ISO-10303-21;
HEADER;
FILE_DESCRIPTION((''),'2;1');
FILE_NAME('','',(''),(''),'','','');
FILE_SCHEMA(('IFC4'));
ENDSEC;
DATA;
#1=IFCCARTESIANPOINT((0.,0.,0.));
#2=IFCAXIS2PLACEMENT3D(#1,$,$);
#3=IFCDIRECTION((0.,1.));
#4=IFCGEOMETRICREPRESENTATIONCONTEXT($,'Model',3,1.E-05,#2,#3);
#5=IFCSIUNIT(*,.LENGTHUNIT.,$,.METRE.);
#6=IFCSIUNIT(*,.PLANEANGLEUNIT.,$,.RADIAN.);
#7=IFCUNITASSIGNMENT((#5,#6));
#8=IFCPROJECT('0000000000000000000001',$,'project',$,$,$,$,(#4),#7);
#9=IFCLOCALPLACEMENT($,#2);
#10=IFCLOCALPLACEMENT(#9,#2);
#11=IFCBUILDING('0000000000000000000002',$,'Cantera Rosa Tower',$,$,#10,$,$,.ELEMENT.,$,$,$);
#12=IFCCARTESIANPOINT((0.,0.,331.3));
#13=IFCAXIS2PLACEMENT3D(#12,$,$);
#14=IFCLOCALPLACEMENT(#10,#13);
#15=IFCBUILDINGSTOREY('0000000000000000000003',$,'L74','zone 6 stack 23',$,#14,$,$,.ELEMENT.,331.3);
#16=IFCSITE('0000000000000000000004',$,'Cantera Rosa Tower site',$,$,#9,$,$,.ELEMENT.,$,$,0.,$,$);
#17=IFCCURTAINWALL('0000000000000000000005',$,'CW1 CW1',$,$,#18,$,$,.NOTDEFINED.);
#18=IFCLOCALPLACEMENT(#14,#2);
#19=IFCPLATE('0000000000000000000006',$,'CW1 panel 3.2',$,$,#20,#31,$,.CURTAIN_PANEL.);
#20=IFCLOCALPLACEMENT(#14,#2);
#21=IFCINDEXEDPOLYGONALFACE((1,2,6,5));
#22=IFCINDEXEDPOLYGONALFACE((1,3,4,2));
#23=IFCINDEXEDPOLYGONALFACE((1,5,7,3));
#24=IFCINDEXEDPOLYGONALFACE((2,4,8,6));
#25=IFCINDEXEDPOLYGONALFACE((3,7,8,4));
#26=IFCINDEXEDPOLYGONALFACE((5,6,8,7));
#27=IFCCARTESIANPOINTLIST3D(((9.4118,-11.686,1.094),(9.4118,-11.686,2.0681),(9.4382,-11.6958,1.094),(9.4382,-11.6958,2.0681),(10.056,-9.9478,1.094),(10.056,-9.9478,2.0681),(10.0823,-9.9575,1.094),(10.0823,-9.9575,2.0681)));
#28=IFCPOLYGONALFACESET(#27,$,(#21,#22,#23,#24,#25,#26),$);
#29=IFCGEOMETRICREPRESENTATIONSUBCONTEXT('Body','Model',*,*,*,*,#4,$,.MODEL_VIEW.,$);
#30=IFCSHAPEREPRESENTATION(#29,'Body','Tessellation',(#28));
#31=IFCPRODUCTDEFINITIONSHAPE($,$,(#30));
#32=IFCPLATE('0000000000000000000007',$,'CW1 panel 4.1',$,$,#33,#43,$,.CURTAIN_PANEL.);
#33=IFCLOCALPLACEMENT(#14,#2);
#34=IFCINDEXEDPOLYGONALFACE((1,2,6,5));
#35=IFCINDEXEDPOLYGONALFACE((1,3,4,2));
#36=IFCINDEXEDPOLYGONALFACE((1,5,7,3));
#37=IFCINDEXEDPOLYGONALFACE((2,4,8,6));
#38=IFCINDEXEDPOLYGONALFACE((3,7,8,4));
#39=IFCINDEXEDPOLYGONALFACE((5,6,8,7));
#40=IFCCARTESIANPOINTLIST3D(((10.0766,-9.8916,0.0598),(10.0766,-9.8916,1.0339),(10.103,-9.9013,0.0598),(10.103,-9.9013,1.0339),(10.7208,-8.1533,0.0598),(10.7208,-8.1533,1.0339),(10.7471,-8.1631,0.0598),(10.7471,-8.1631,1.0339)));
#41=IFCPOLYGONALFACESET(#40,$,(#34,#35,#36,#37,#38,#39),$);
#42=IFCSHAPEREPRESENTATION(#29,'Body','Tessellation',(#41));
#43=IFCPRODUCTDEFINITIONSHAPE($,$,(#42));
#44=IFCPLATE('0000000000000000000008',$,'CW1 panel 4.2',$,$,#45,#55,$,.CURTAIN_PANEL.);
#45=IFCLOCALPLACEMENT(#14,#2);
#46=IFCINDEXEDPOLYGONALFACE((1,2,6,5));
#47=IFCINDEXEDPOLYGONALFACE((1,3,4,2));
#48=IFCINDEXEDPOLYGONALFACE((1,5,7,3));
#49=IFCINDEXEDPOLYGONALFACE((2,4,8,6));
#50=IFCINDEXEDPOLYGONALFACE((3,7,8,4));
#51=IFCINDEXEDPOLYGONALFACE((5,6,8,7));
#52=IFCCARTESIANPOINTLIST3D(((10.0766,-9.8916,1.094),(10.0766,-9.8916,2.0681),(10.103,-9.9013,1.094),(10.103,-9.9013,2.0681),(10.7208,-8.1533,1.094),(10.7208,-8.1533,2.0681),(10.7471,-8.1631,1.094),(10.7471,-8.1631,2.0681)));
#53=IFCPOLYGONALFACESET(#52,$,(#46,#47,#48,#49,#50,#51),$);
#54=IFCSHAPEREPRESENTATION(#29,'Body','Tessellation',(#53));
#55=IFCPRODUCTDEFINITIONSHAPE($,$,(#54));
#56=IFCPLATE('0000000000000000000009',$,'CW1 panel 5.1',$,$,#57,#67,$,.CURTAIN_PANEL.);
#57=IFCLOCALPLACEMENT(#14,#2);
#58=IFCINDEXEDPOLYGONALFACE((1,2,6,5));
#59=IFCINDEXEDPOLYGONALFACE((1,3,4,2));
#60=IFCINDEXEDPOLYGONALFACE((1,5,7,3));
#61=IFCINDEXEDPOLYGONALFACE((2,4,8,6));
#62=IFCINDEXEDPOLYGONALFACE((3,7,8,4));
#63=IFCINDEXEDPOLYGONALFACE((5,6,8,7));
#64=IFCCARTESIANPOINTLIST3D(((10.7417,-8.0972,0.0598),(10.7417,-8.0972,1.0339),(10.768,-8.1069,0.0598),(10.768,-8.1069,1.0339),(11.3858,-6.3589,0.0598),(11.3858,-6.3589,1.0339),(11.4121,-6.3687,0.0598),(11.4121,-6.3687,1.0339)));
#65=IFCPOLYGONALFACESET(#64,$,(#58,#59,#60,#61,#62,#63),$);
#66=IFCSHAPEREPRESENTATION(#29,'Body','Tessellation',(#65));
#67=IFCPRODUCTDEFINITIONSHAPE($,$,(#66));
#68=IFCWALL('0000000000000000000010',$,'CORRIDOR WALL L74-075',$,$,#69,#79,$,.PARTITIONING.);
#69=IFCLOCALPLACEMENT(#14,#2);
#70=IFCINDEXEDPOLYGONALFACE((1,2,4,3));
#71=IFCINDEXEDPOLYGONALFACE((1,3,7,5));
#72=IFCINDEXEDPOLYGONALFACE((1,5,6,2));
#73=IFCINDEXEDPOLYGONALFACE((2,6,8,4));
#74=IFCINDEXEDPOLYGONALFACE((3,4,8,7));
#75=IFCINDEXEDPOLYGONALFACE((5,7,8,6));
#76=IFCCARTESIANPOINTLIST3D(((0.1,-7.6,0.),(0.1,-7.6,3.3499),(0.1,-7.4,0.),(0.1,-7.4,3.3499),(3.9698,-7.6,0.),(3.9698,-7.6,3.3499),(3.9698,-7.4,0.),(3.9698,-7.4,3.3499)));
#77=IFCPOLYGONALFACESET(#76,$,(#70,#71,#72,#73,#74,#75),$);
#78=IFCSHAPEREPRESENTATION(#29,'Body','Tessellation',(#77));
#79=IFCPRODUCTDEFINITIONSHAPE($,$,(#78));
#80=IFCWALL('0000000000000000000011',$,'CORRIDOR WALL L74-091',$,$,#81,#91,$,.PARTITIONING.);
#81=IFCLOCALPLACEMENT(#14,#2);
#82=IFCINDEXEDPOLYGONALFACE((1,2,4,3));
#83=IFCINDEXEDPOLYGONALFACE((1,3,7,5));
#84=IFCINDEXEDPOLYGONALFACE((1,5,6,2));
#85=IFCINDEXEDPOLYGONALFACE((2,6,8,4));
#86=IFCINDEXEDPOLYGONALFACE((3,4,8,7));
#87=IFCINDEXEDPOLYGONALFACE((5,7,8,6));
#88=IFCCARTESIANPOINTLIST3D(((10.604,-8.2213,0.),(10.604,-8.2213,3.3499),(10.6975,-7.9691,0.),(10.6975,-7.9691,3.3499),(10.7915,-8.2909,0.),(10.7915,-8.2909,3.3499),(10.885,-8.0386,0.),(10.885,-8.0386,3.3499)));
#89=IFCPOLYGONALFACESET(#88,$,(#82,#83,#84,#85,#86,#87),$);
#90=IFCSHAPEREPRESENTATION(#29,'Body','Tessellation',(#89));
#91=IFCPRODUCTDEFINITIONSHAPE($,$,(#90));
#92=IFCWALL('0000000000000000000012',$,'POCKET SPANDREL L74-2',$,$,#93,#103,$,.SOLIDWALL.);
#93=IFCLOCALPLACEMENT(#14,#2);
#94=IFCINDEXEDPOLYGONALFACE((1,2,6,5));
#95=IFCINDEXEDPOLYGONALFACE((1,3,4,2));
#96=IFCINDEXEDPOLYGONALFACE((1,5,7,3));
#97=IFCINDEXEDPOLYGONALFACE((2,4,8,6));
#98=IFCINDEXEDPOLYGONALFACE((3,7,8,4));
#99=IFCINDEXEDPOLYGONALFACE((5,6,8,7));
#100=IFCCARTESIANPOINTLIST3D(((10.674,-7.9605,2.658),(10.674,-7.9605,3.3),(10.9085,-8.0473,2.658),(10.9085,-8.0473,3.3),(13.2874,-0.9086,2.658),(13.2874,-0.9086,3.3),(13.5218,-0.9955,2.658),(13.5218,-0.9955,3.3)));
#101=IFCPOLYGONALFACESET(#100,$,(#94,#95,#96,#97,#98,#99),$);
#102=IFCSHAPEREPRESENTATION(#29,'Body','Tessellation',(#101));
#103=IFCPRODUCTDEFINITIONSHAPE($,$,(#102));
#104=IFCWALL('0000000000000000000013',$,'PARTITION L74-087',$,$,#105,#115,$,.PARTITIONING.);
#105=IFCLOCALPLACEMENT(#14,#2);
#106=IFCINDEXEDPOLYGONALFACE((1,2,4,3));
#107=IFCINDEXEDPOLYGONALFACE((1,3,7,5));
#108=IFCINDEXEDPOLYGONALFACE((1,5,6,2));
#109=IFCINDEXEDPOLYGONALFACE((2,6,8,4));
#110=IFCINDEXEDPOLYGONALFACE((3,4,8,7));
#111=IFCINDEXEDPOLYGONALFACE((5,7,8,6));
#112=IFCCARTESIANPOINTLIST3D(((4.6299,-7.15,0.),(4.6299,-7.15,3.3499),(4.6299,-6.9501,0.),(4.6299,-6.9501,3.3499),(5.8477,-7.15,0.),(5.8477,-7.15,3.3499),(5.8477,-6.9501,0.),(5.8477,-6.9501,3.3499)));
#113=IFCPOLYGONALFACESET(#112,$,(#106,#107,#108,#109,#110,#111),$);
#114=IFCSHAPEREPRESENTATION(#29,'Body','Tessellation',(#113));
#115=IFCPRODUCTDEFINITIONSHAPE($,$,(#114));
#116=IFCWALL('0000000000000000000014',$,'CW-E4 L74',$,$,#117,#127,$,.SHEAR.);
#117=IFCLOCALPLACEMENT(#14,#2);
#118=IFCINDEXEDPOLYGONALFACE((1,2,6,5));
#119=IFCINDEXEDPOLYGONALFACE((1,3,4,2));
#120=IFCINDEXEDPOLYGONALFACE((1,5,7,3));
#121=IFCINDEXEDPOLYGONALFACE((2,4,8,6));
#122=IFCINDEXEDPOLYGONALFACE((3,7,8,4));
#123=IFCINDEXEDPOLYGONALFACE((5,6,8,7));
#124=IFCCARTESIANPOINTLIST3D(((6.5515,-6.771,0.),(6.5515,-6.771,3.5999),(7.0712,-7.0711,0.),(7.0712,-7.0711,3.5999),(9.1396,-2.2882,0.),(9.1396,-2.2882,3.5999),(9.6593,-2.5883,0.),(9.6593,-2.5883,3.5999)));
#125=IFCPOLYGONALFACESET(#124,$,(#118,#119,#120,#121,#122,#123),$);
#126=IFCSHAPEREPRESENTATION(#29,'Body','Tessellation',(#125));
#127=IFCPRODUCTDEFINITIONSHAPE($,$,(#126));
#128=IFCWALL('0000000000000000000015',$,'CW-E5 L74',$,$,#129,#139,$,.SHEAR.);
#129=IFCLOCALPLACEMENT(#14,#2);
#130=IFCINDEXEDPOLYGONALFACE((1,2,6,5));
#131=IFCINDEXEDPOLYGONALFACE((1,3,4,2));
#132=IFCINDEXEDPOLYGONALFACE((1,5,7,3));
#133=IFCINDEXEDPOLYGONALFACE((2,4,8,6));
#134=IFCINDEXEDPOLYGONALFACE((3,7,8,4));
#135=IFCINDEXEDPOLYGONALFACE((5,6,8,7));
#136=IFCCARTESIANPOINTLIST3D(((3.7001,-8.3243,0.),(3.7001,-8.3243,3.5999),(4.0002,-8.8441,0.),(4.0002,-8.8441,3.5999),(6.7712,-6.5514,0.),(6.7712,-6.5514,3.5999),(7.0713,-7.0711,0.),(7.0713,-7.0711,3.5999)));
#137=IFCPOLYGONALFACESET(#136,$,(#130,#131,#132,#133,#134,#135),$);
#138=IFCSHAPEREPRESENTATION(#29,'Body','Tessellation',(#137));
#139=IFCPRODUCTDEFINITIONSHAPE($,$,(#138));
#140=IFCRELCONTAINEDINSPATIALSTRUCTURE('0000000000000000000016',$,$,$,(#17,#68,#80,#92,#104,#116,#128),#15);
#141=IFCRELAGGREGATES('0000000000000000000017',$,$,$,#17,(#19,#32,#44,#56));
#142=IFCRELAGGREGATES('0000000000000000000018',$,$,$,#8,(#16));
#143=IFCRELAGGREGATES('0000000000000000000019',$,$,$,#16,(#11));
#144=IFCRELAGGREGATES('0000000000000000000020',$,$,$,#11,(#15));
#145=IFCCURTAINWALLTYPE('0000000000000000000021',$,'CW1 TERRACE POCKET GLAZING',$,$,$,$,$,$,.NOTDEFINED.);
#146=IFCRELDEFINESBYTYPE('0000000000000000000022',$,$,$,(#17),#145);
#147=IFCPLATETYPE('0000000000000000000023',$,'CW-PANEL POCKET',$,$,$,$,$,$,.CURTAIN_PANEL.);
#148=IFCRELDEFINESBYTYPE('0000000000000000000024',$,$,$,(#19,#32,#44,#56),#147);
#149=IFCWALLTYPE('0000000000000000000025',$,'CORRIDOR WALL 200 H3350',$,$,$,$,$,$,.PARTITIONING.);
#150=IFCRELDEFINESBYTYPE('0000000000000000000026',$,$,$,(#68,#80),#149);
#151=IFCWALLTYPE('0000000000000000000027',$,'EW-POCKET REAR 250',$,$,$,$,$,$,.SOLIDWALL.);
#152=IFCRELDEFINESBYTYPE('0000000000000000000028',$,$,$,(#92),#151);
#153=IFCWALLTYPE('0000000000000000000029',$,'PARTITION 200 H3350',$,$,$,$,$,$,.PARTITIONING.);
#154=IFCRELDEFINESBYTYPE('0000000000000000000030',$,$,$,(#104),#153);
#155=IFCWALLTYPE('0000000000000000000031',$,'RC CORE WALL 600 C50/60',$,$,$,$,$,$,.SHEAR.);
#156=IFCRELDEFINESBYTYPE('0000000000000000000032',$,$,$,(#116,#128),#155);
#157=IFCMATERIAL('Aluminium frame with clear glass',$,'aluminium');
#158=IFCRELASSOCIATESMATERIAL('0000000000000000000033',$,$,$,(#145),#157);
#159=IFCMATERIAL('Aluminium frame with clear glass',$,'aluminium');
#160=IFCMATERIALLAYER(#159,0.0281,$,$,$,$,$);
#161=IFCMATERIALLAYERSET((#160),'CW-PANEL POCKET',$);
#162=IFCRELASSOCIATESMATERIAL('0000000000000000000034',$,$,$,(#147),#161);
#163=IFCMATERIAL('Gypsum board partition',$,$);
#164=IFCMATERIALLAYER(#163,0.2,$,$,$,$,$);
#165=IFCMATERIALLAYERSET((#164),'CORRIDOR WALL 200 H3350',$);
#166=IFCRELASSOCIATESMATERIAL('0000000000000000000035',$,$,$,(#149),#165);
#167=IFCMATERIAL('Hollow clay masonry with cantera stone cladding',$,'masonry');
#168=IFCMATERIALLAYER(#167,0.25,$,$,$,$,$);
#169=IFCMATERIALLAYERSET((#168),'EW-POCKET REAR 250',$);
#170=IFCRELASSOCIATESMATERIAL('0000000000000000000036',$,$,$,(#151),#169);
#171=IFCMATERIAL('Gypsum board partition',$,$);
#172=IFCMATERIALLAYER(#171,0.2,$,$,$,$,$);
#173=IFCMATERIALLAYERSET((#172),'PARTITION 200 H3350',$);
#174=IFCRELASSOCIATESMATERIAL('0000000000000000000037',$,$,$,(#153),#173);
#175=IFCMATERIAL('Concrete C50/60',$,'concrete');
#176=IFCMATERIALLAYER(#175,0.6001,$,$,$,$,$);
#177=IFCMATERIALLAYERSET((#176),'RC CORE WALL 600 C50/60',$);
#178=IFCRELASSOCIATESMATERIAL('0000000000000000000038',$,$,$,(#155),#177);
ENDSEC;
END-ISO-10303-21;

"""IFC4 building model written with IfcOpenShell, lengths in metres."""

from ifc_helpers import new_model, si_unit, direction, frame, frame_2d, origin, origin_2d, place, context, subcontext, project, spatial, rectangle, extrude, material, layer, layer_set, type_object, element, aggregate, save


model = new_model("IFC4")

# Units and contexts
model_context = context("Model", 3, precision=1e-05, world=origin(), true_north=direction((0.0, 1.0)))
body_context = subcontext(model_context, "Body", "Model", "MODEL_VIEW")
ifc_project = project(units=[si_unit("LENGTHUNIT", "METRE"), si_unit("PLANEANGLEUNIT", "RADIAN")], contexts=[model_context])

# Site, building, storey
site_placement = place(None, origin())
site = spatial("IfcSite", under=ifc_project, at=site_placement, Name="Cantera Rosa Tower site", CompositionType="ELEMENT", RefElevation=0.0)
building_placement = place(site_placement, origin())
building = spatial("IfcBuilding", under=site, at=building_placement, Name="Cantera Rosa Tower", CompositionType="ELEMENT")
storey_placement = place(building_placement, frame((0.0, 0.0, 331.3)))
storey = spatial("IfcBuildingStorey", under=building, at=storey_placement, Name="L74", Description="zone 6 stack 23", CompositionType="ELEMENT", Elevation=331.3)

# Curtain wall
ifc_material_1 = material(Name="Aluminium frame with clear glass", Category="aluminium")
curtain_wall_type = type_object("IfcCurtainWallType", Name="CW1 TERRACE POCKET GLAZING", PredefinedType="NOTDEFINED", material=ifc_material_1)
curtain_wall_placement = place(storey_placement, origin())
curtain_wall = element("IfcCurtainWall", 1, at=curtain_wall_placement, inside=storey, type_object=curtain_wall_type, Name="CW1 CW1", PredefinedType="NOTDEFINED")

# Plates
ifc_material_2 = material(Name="Aluminium frame with clear glass", Category="aluminium")
ifc_layer_1 = layer(ifc_material_2, 0.0281)
ifc_layer_set_1 = layer_set([ifc_layer_1], Name="CW-PANEL POCKET")
plate_type = type_object("IfcPlateType", Name="CW-PANEL POCKET", PredefinedType="CURTAIN_PANEL", material=ifc_layer_set_1)
plate_1_placement = place(storey_placement, frame((9.7471, -10.8218, 1.094), z_axis=(0.0, 0.0, 1.0), x_axis=(0.347481, 0.937687, 0.0)))
plate_1 = element("IfcPlate", 2, at=plate_1_placement, type_object=plate_type, Name="CW1 panel 3.2", PredefinedType="CURTAIN_PANEL", context=body_context, shape_type="SweptSolid", body=[
    extrude(rectangle(XDim=1.8538, YDim=0.0281, at=origin_2d()), origin(), (0.0, 0.0, 1.0), 0.9741),
])
plate_2_placement = place(storey_placement, frame((10.4119, -9.0273, 0.0598), z_axis=(0.0, 0.0, 1.0), x_axis=(0.347481, 0.937687, 0.0)))
plate_2 = element("IfcPlate", 3, at=plate_2_placement, type_object=plate_type, Name="CW1 panel 4.1", PredefinedType="CURTAIN_PANEL", context=body_context, shape_type="SweptSolid", body=[
    extrude(rectangle(XDim=1.8538, YDim=0.0281, at=origin_2d()), origin(), (0.0, 0.0, 1.0), 0.9741),
])
plate_3_placement = place(storey_placement, frame((10.4119, -9.0273, 1.094), z_axis=(0.0, 0.0, 1.0), x_axis=(0.347481, 0.937687, 0.0)))
plate_3 = element("IfcPlate", 4, at=plate_3_placement, type_object=plate_type, Name="CW1 panel 4.2", PredefinedType="CURTAIN_PANEL", context=body_context, shape_type="SweptSolid", body=[
    extrude(rectangle(XDim=1.8538, YDim=0.0281, at=origin_2d()), origin(), (0.0, 0.0, 1.0), 0.9741),
])
plate_4_placement = place(storey_placement, frame((11.0769, -7.2329, 0.0598), z_axis=(0.0, 0.0, 1.0), x_axis=(0.347481, 0.937687, 0.0)))
plate_4 = element("IfcPlate", 5, at=plate_4_placement, type_object=plate_type, Name="CW1 panel 5.1", PredefinedType="CURTAIN_PANEL", context=body_context, shape_type="SweptSolid", body=[
    extrude(rectangle(XDim=1.8538, YDim=0.0281, at=origin_2d()), origin(), (0.0, 0.0, 1.0), 0.9741),
])
aggregate(curtain_wall, [plate_1, plate_2, plate_3, plate_4])

# Walls
ifc_material_3 = material(Name="Gypsum board partition")
ifc_layer_2 = layer(ifc_material_3, 0.2)
ifc_layer_set_2 = layer_set([ifc_layer_2], Name="CORRIDOR WALL 200 H3350")
wall_type_1 = type_object("IfcWallType", Name="CORRIDOR WALL 200 H3350", PredefinedType="PARTITIONING", material=ifc_layer_set_2)
wall_1_placement = place(storey_placement, frame((3.97, -7.5, 0.0), z_axis=(0.0, 0.0, 1.0), x_axis=(-1.0, 0.0, 0.0)))
element("IfcWall", 6, at=wall_1_placement, inside=storey, type_object=wall_type_1, Name="CORRIDOR WALL L74-075", PredefinedType="PARTITIONING", context=body_context, shape_type="SweptSolid", body=[
    extrude(rectangle(XDim=3.8699, YDim=0.2, at=frame_2d((1.9351, 0.0))), origin(), (0.0, 0.0, 1.0), 3.3499),
])
wall_2_placement = place(storey_placement, frame((10.6978, -8.2561, 0.0), z_axis=(0.0, 0.0, 1.0), x_axis=(0.34764, 0.937628, 0.0)))
element("IfcWall", 7, at=wall_2_placement, inside=storey, type_object=wall_type_1, Name="CORRIDOR WALL L74-091", PredefinedType="PARTITIONING", context=body_context, shape_type="SweptSolid", body=[
    extrude(rectangle(XDim=0.269, YDim=0.2, at=frame_2d((0.1345, 0.0))), origin(), (0.0, 0.0, 1.0), 3.3499),
])
ifc_material_4 = material(Name="Hollow clay masonry with cantera stone cladding", Category="masonry")
ifc_layer_3 = layer(ifc_material_4, 0.25)
ifc_layer_set_3 = layer_set([ifc_layer_3], Name="EW-POCKET REAR 250")
wall_type_2 = type_object("IfcWallType", Name="EW-POCKET REAR 250", PredefinedType="SOLIDWALL", material=ifc_layer_set_3)
wall_3_placement = place(storey_placement, frame((10.7913, -8.0039, 2.658), z_axis=(0.0, 0.0, 1.0), x_axis=(0.347492, 0.937683, 0.0)))
element("IfcWall", 8, at=wall_3_placement, inside=storey, type_object=wall_type_2, Name="POCKET SPANDREL L74-2", PredefinedType="SOLIDWALL", context=body_context, shape_type="SweptSolid", body=[
    extrude(rectangle(XDim=7.5205, YDim=0.25, at=frame_2d((3.7603, 0.0))), origin(), (0.0, 0.0, 1.0), 0.6421),
])
ifc_material_5 = material(Name="Gypsum board partition")
ifc_layer_4 = layer(ifc_material_5, 0.2)
ifc_layer_set_4 = layer_set([ifc_layer_4], Name="PARTITION 200 H3350")
wall_type_3 = type_object("IfcWallType", Name="PARTITION 200 H3350", PredefinedType="PARTITIONING", material=ifc_layer_set_4)
wall_4_placement = place(storey_placement, frame((5.8477, -7.05, 0.0), z_axis=(0.0, 0.0, 1.0), x_axis=(-1.0, 0.0, 0.0)))
element("IfcWall", 9, at=wall_4_placement, inside=storey, type_object=wall_type_3, Name="PARTITION L74-087", PredefinedType="PARTITIONING", context=body_context, shape_type="SweptSolid", body=[
    extrude(rectangle(XDim=1.2178, YDim=0.2, at=frame_2d((0.6089, 0.0))), origin(), (0.0, 0.0, 1.0), 3.3499),
])
ifc_material_6 = material(Name="Concrete C50/60", Category="concrete")
ifc_layer_5 = layer(ifc_material_6, 0.6001)
ifc_layer_set_5 = layer_set([ifc_layer_5], Name="RC CORE WALL 600 C50/60")
wall_type_4 = type_object("IfcWallType", Name="RC CORE WALL 600 C50/60", PredefinedType="SHEAR", material=ifc_layer_set_5)
wall_5_placement = place(storey_placement, frame((9.3994, -2.4382, 0.0), z_axis=(0.0, 0.0, 1.0), x_axis=(-0.499989, -0.866032, 0.0)))
element("IfcWall", 10, at=wall_5_placement, inside=storey, type_object=wall_type_4, Name="CW-E4 L74", PredefinedType="SHEAR", context=body_context, shape_type="SweptSolid", body=[
    extrude(rectangle(XDim=5.1763, YDim=0.6001, at=frame_2d((2.5881, 0.0))), origin(), (0.0, 0.0, 1.0), 3.5999),
])
wall_6_placement = place(storey_placement, frame((6.9211, -6.8113, 0.0), z_axis=(0.0, 0.0, 1.0), x_axis=(-0.86604, -0.499975, 0.0)))
element("IfcWall", 11, at=wall_6_placement, inside=storey, type_object=wall_type_4, Name="CW-E5 L74", PredefinedType="SHEAR", context=body_context, shape_type="SweptSolid", body=[
    extrude(rectangle(XDim=3.5461, YDim=0.6001, at=frame_2d((1.7729, 0.0))), origin(), (0.0, 0.0, 1.0), 3.5999),
])

save(model, "model.ifc")
